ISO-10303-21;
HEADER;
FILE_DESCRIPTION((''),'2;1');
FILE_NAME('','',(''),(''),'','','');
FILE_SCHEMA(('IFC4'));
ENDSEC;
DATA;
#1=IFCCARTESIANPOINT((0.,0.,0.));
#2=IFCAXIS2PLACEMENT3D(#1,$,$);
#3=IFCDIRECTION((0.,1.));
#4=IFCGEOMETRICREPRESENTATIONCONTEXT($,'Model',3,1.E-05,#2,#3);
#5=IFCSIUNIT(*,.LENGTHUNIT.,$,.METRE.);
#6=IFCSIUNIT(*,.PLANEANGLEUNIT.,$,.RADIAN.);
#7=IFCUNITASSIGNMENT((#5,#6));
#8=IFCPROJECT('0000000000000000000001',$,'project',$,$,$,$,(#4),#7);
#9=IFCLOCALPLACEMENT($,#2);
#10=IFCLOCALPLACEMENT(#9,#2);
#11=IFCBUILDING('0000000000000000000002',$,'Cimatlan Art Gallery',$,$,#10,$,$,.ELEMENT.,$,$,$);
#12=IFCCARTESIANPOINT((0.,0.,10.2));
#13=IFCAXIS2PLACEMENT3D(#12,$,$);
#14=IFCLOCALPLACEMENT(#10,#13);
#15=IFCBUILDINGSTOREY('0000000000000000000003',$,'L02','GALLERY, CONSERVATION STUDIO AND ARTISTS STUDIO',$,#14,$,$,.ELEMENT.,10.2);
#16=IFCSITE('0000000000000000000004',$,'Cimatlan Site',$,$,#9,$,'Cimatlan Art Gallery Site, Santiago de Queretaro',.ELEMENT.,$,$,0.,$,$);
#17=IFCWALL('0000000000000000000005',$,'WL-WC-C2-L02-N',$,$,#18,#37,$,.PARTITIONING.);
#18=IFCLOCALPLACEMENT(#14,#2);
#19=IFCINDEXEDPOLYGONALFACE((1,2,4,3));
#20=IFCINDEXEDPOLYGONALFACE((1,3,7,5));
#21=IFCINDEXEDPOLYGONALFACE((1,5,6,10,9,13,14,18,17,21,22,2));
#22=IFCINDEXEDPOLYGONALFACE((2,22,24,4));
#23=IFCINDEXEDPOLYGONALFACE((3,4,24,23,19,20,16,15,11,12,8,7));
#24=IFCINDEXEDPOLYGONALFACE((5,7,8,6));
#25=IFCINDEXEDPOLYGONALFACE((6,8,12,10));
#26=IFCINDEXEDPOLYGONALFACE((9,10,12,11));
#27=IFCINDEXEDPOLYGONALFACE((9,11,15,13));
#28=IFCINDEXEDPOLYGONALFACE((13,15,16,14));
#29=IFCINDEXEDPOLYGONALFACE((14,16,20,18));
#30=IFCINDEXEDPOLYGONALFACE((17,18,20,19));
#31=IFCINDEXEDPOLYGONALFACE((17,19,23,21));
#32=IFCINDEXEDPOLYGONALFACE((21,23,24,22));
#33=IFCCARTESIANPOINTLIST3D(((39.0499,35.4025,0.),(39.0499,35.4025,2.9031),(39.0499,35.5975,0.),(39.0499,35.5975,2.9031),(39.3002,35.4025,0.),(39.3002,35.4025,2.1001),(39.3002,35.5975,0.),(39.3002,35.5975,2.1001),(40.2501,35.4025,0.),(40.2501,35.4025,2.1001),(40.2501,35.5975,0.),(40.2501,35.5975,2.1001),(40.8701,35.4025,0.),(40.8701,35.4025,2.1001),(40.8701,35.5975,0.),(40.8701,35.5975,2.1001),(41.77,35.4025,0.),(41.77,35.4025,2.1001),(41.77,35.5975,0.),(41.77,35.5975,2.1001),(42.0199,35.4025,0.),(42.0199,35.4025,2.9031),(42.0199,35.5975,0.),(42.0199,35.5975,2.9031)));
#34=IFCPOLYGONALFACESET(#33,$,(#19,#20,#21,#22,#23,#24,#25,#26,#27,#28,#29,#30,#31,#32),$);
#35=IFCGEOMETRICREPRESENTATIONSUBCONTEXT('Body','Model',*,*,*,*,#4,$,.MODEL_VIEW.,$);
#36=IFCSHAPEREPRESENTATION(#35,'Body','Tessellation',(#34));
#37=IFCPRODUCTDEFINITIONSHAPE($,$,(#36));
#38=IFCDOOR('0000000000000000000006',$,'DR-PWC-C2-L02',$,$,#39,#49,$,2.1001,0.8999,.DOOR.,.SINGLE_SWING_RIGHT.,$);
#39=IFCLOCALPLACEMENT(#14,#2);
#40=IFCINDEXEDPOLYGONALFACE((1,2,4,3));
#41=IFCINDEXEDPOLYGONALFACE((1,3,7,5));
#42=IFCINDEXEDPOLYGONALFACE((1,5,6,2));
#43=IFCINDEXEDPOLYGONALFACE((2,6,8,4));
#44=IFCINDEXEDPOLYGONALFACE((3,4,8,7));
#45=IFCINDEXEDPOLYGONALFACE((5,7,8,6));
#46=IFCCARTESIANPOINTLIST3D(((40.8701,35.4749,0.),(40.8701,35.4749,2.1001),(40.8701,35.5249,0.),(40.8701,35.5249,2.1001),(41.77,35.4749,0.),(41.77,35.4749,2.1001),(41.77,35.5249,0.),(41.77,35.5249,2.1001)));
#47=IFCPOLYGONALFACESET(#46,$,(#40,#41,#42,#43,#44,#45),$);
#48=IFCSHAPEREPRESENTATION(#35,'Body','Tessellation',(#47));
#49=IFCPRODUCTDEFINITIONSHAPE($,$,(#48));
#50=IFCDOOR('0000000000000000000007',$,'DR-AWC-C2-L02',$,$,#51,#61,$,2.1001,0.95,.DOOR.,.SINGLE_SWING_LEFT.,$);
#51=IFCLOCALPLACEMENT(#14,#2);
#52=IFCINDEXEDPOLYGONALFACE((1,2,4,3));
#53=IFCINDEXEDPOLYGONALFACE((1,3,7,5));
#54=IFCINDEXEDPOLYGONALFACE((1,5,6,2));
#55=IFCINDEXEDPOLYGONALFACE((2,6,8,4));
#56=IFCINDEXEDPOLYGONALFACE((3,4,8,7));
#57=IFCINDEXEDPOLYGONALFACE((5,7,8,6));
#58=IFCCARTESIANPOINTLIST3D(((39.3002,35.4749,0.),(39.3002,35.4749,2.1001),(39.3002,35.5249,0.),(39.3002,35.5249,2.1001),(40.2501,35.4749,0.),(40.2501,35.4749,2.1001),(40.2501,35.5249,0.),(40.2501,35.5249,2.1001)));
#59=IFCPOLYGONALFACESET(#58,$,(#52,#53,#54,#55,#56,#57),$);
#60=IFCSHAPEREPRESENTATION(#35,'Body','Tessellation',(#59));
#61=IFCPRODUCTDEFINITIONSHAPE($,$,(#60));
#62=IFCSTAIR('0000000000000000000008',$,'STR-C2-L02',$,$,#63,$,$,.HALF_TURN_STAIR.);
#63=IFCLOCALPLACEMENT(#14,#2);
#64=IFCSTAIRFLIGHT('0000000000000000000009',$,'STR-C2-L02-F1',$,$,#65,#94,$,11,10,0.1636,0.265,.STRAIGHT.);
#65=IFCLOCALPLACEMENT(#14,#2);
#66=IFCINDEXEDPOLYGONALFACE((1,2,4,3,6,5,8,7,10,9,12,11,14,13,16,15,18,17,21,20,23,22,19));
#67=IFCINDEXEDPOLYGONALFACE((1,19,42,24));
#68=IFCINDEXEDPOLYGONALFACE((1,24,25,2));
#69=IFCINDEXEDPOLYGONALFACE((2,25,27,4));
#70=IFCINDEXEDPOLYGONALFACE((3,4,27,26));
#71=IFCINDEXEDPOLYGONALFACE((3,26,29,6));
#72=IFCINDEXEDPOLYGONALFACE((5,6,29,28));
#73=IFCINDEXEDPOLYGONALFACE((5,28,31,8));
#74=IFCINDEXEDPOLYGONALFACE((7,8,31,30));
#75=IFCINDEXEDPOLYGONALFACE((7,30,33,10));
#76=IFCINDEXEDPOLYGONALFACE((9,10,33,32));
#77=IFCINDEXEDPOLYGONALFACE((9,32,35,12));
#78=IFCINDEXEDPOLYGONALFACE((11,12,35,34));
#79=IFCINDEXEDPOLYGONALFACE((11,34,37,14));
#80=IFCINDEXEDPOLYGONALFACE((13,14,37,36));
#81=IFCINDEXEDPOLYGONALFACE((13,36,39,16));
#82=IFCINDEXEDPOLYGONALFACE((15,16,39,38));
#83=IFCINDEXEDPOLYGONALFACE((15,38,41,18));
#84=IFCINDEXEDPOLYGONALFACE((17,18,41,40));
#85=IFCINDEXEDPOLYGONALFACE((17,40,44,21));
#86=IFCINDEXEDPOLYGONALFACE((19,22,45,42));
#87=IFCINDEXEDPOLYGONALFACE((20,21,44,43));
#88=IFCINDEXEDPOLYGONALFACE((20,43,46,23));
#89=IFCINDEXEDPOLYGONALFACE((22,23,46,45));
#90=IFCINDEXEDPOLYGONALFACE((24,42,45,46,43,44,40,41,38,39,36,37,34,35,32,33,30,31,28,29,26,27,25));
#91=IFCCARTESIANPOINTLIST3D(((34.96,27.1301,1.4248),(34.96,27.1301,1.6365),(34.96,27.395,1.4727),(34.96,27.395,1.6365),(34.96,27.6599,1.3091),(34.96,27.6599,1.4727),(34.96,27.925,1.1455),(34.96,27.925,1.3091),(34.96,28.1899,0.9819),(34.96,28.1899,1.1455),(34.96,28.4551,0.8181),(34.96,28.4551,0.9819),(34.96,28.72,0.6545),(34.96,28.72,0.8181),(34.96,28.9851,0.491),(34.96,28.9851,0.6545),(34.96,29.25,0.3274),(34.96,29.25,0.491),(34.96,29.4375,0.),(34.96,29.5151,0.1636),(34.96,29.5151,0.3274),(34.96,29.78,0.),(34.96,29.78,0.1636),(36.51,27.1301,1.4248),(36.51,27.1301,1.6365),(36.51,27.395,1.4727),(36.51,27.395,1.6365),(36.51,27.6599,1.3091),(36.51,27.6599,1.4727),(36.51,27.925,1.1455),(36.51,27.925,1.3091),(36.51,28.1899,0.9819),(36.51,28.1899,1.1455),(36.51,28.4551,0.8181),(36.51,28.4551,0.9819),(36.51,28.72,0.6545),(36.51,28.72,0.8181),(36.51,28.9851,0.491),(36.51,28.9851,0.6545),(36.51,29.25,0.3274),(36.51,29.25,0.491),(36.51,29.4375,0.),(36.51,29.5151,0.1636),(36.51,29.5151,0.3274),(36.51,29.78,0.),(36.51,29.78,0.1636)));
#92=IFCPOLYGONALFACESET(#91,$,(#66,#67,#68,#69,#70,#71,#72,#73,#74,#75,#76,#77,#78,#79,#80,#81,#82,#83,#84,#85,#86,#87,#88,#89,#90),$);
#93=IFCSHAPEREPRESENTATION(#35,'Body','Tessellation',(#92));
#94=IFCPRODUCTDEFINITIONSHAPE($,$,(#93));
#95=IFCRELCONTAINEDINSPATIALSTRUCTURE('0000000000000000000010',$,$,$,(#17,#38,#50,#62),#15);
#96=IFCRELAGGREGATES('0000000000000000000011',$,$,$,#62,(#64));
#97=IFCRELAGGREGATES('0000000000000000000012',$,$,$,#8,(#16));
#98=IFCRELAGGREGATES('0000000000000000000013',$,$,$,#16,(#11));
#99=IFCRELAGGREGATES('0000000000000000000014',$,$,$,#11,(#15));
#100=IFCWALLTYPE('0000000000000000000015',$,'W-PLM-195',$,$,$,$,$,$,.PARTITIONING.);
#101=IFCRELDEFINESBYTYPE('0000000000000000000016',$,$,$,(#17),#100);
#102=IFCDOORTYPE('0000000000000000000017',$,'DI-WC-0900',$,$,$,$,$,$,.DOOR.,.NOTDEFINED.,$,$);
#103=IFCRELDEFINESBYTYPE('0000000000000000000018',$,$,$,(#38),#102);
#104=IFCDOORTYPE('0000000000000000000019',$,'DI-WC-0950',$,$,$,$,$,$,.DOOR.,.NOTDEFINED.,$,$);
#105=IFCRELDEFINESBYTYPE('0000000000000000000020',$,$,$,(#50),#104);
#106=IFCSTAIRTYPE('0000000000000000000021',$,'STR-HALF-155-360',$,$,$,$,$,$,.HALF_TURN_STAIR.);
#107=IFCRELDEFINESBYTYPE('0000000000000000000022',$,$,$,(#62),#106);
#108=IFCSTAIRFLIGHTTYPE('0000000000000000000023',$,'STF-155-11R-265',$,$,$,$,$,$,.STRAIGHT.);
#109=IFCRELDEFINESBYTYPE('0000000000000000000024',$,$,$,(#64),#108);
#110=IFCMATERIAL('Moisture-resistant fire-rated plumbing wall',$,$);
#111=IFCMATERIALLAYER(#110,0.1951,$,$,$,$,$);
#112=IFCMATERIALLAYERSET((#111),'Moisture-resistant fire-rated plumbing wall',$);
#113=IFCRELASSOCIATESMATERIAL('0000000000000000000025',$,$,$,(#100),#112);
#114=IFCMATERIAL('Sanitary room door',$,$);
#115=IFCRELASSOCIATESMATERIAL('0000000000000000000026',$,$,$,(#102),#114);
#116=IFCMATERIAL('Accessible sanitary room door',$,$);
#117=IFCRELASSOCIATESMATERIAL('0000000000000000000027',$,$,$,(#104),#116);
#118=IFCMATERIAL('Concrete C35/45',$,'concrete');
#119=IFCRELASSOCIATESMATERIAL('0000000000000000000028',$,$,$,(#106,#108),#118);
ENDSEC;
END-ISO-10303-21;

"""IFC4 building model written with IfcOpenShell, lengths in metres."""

from ifc_helpers import new_model, si_unit, direction, frame, frame_2d, origin, place, context, subcontext, project, spatial, polyline, rectangle, outline, extrude, material, layer, layer_set, type_object, element, fill, aggregate, save


model = new_model("IFC4")

# Units and contexts
model_context = context("Model", 3, precision=1e-05, world=origin(), true_north=direction((0.0, 1.0)))
body_context = subcontext(model_context, "Body", "Model", "MODEL_VIEW")
ifc_project = project(units=[si_unit("LENGTHUNIT", "METRE"), si_unit("PLANEANGLEUNIT", "RADIAN")], contexts=[model_context])

# Site, building, storey
site_placement = place(None, origin())
site = spatial("IfcSite", under=ifc_project, at=site_placement, Name="Cimatlan Site", LongName="Cimatlan Art Gallery Site, Santiago de Queretaro", CompositionType="ELEMENT", RefElevation=0.0)
building_placement = place(site_placement, origin())
building = spatial("IfcBuilding", under=site, at=building_placement, Name="Cimatlan Art Gallery", CompositionType="ELEMENT")
storey_placement = place(building_placement, frame((0.0, 0.0, 10.2)))
storey = spatial("IfcBuildingStorey", under=building, at=storey_placement, Name="L02", Description="GALLERY, CONSERVATION STUDIO AND ARTISTS STUDIO", CompositionType="ELEMENT", Elevation=10.2)

# Shared definitions
ifc_material_1 = material(Name="Moisture-resistant fire-rated plumbing wall")
ifc_layer_1 = layer(ifc_material_1, 0.1951)
ifc_layer_set_1 = layer_set([ifc_layer_1], Name="Moisture-resistant fire-rated plumbing wall")
wall_type_1 = type_object("IfcWallType", Name="W-PLM-195", PredefinedType="PARTITIONING", material=ifc_layer_set_1)

# Wall, openings, doors
wall_1_placement = place(storey_placement, frame((39.05, 35.5, 0.0), z_axis=(0.0, 0.0, 1.0), x_axis=(1.0, 0.0, 0.0)))
wall_1 = element("IfcWall", 1, at=wall_1_placement, inside=storey, type_object=wall_type_1, Name="WL-WC-C2-L02-N", PredefinedType="PARTITIONING", context=body_context, shape_type="SweptSolid", body=[
    extrude(rectangle(XDim=2.97, YDim=0.1951, at=frame_2d((1.4849, 0.0))), origin(), (0.0, 0.0, 1.0), 2.9031),
])
opening_1_placement = place(wall_1_placement, frame((0.25, 0.0, 0.0)))
opening_1 = element("IfcOpeningElement", 2, at=opening_1_placement, cuts=wall_1, PredefinedType="OPENING", context=body_context, shape_type="SweptSolid", body=[
    extrude(rectangle(XDim=0.95, YDim=2.1001, at=frame_2d((0.4751, 1.05))), frame((0.0, 0.1074, 0.0), z_axis=(0.0, -1.0, 0.0), x_axis=(1.0, 0.0, 0.0)), (0.0, 0.0, 1.0), 0.2151),
])
opening_2_placement = place(wall_1_placement, frame((1.8201, 0.0, 0.0)))
opening_2 = element("IfcOpeningElement", 3, at=opening_2_placement, cuts=wall_1, PredefinedType="OPENING", context=body_context, shape_type="SweptSolid", body=[
    extrude(rectangle(XDim=0.8999, YDim=2.1001, at=frame_2d((0.45, 1.05))), frame((0.0, 0.1074, 0.0), z_axis=(0.0, -1.0, 0.0), x_axis=(1.0, 0.0, 0.0)), (0.0, 0.0, 1.0), 0.2151),
])
ifc_material_2 = material(Name="Sanitary room door")
door_type_1 = type_object("IfcDoorType", Name="DI-WC-0900", OperationType="NOTDEFINED", PredefinedType="DOOR", material=ifc_material_2)
door_1_placement = place(opening_2_placement, origin())
door_1 = element("IfcDoor", 4, at=door_1_placement, inside=storey, type_object=door_type_1, Name="DR-PWC-C2-L02", OperationType="SINGLE_SWING_RIGHT", OverallHeight=2.1001, OverallWidth=0.8999, PredefinedType="DOOR", context=body_context, shape_type="SweptSolid", body=[
    extrude(rectangle(XDim=0.8999, YDim=2.1001, at=frame_2d((0.45, 1.05))), frame((0.0, 0.0249, 0.0), z_axis=(0.0, -1.0, 0.0), x_axis=(1.0, 0.0, 0.0)), (0.0, 0.0, 1.0), 0.05),
])
fill(opening_2, door_1)
ifc_material_3 = material(Name="Accessible sanitary room door")
door_type_2 = type_object("IfcDoorType", Name="DI-WC-0950", OperationType="NOTDEFINED", PredefinedType="DOOR", material=ifc_material_3)
door_2_placement = place(opening_1_placement, origin())
door_2 = element("IfcDoor", 5, at=door_2_placement, inside=storey, type_object=door_type_2, Name="DR-AWC-C2-L02", OperationType="SINGLE_SWING_LEFT", OverallHeight=2.1001, OverallWidth=0.95, PredefinedType="DOOR", context=body_context, shape_type="SweptSolid", body=[
    extrude(rectangle(XDim=0.95, YDim=2.1001, at=frame_2d((0.4751, 1.05))), frame((0.0, 0.0249, 0.0), z_axis=(0.0, -1.0, 0.0), x_axis=(1.0, 0.0, 0.0)), (0.0, 0.0, 1.0), 0.05),
])
fill(opening_1, door_2)

# Stair, stair flight
ifc_material_4 = material(Name="Concrete C35/45", Category="concrete")
stair_type = type_object("IfcStairType", Name="STR-HALF-155-360", PredefinedType="HALF_TURN_STAIR", material=ifc_material_4)
stair_placement = place(storey_placement, origin())
stair = element("IfcStair", 6, at=stair_placement, inside=storey, type_object=stair_type, Name="STR-C2-L02", PredefinedType="HALF_TURN_STAIR")
stair_flight_type = type_object("IfcStairFlightType", Name="STF-155-11R-265", PredefinedType="STRAIGHT", material=ifc_material_4)
stair_flight_placement = place(storey_placement, frame((35.7351, 29.78, 0.0), z_axis=(0.0, 0.0, 1.0), x_axis=(0.0, -1.0, 0.0)))
stair_flight = element("IfcStairFlight", 7, at=stair_flight_placement, type_object=stair_flight_type, Name="STR-C2-L02-F1", NumberOfRisers=11, NumberOfTreads=10, PredefinedType="STRAIGHT", RiserHeight=0.1636, TreadLength=0.265, context=body_context, shape_type="SweptSolid", body=[
    extrude(outline(polyline([(0.0, 0.0), (0.0, 0.1636), (0.2649, 0.1636), (0.2649, 0.3274), (0.53, 0.3274), (0.53, 0.491), (0.7949, 0.491), (0.7949, 0.6545), (1.0601, 0.6545), (1.0601, 0.8181), (1.325, 0.8181), (1.325, 0.9819), (1.5901, 0.9819), (1.5901, 1.1455), (1.855, 1.1455), (1.855, 1.3091), (2.1201, 1.3091), (2.1201, 1.4727), (2.385, 1.4727), (2.385, 1.6365), (2.6499, 1.6365), (2.6499, 1.8), (2.6499, 1.4248), (0.3425, 0.0), (0.0, 0.0)])), frame((0.0, 0.7749, 0.0), z_axis=(0.0, -1.0, 0.0), x_axis=(1.0, 0.0, 0.0)), (0.0, 0.0, 1.0), 1.55),
])
aggregate(stair, [stair_flight])

save(model, "model.ifc")
